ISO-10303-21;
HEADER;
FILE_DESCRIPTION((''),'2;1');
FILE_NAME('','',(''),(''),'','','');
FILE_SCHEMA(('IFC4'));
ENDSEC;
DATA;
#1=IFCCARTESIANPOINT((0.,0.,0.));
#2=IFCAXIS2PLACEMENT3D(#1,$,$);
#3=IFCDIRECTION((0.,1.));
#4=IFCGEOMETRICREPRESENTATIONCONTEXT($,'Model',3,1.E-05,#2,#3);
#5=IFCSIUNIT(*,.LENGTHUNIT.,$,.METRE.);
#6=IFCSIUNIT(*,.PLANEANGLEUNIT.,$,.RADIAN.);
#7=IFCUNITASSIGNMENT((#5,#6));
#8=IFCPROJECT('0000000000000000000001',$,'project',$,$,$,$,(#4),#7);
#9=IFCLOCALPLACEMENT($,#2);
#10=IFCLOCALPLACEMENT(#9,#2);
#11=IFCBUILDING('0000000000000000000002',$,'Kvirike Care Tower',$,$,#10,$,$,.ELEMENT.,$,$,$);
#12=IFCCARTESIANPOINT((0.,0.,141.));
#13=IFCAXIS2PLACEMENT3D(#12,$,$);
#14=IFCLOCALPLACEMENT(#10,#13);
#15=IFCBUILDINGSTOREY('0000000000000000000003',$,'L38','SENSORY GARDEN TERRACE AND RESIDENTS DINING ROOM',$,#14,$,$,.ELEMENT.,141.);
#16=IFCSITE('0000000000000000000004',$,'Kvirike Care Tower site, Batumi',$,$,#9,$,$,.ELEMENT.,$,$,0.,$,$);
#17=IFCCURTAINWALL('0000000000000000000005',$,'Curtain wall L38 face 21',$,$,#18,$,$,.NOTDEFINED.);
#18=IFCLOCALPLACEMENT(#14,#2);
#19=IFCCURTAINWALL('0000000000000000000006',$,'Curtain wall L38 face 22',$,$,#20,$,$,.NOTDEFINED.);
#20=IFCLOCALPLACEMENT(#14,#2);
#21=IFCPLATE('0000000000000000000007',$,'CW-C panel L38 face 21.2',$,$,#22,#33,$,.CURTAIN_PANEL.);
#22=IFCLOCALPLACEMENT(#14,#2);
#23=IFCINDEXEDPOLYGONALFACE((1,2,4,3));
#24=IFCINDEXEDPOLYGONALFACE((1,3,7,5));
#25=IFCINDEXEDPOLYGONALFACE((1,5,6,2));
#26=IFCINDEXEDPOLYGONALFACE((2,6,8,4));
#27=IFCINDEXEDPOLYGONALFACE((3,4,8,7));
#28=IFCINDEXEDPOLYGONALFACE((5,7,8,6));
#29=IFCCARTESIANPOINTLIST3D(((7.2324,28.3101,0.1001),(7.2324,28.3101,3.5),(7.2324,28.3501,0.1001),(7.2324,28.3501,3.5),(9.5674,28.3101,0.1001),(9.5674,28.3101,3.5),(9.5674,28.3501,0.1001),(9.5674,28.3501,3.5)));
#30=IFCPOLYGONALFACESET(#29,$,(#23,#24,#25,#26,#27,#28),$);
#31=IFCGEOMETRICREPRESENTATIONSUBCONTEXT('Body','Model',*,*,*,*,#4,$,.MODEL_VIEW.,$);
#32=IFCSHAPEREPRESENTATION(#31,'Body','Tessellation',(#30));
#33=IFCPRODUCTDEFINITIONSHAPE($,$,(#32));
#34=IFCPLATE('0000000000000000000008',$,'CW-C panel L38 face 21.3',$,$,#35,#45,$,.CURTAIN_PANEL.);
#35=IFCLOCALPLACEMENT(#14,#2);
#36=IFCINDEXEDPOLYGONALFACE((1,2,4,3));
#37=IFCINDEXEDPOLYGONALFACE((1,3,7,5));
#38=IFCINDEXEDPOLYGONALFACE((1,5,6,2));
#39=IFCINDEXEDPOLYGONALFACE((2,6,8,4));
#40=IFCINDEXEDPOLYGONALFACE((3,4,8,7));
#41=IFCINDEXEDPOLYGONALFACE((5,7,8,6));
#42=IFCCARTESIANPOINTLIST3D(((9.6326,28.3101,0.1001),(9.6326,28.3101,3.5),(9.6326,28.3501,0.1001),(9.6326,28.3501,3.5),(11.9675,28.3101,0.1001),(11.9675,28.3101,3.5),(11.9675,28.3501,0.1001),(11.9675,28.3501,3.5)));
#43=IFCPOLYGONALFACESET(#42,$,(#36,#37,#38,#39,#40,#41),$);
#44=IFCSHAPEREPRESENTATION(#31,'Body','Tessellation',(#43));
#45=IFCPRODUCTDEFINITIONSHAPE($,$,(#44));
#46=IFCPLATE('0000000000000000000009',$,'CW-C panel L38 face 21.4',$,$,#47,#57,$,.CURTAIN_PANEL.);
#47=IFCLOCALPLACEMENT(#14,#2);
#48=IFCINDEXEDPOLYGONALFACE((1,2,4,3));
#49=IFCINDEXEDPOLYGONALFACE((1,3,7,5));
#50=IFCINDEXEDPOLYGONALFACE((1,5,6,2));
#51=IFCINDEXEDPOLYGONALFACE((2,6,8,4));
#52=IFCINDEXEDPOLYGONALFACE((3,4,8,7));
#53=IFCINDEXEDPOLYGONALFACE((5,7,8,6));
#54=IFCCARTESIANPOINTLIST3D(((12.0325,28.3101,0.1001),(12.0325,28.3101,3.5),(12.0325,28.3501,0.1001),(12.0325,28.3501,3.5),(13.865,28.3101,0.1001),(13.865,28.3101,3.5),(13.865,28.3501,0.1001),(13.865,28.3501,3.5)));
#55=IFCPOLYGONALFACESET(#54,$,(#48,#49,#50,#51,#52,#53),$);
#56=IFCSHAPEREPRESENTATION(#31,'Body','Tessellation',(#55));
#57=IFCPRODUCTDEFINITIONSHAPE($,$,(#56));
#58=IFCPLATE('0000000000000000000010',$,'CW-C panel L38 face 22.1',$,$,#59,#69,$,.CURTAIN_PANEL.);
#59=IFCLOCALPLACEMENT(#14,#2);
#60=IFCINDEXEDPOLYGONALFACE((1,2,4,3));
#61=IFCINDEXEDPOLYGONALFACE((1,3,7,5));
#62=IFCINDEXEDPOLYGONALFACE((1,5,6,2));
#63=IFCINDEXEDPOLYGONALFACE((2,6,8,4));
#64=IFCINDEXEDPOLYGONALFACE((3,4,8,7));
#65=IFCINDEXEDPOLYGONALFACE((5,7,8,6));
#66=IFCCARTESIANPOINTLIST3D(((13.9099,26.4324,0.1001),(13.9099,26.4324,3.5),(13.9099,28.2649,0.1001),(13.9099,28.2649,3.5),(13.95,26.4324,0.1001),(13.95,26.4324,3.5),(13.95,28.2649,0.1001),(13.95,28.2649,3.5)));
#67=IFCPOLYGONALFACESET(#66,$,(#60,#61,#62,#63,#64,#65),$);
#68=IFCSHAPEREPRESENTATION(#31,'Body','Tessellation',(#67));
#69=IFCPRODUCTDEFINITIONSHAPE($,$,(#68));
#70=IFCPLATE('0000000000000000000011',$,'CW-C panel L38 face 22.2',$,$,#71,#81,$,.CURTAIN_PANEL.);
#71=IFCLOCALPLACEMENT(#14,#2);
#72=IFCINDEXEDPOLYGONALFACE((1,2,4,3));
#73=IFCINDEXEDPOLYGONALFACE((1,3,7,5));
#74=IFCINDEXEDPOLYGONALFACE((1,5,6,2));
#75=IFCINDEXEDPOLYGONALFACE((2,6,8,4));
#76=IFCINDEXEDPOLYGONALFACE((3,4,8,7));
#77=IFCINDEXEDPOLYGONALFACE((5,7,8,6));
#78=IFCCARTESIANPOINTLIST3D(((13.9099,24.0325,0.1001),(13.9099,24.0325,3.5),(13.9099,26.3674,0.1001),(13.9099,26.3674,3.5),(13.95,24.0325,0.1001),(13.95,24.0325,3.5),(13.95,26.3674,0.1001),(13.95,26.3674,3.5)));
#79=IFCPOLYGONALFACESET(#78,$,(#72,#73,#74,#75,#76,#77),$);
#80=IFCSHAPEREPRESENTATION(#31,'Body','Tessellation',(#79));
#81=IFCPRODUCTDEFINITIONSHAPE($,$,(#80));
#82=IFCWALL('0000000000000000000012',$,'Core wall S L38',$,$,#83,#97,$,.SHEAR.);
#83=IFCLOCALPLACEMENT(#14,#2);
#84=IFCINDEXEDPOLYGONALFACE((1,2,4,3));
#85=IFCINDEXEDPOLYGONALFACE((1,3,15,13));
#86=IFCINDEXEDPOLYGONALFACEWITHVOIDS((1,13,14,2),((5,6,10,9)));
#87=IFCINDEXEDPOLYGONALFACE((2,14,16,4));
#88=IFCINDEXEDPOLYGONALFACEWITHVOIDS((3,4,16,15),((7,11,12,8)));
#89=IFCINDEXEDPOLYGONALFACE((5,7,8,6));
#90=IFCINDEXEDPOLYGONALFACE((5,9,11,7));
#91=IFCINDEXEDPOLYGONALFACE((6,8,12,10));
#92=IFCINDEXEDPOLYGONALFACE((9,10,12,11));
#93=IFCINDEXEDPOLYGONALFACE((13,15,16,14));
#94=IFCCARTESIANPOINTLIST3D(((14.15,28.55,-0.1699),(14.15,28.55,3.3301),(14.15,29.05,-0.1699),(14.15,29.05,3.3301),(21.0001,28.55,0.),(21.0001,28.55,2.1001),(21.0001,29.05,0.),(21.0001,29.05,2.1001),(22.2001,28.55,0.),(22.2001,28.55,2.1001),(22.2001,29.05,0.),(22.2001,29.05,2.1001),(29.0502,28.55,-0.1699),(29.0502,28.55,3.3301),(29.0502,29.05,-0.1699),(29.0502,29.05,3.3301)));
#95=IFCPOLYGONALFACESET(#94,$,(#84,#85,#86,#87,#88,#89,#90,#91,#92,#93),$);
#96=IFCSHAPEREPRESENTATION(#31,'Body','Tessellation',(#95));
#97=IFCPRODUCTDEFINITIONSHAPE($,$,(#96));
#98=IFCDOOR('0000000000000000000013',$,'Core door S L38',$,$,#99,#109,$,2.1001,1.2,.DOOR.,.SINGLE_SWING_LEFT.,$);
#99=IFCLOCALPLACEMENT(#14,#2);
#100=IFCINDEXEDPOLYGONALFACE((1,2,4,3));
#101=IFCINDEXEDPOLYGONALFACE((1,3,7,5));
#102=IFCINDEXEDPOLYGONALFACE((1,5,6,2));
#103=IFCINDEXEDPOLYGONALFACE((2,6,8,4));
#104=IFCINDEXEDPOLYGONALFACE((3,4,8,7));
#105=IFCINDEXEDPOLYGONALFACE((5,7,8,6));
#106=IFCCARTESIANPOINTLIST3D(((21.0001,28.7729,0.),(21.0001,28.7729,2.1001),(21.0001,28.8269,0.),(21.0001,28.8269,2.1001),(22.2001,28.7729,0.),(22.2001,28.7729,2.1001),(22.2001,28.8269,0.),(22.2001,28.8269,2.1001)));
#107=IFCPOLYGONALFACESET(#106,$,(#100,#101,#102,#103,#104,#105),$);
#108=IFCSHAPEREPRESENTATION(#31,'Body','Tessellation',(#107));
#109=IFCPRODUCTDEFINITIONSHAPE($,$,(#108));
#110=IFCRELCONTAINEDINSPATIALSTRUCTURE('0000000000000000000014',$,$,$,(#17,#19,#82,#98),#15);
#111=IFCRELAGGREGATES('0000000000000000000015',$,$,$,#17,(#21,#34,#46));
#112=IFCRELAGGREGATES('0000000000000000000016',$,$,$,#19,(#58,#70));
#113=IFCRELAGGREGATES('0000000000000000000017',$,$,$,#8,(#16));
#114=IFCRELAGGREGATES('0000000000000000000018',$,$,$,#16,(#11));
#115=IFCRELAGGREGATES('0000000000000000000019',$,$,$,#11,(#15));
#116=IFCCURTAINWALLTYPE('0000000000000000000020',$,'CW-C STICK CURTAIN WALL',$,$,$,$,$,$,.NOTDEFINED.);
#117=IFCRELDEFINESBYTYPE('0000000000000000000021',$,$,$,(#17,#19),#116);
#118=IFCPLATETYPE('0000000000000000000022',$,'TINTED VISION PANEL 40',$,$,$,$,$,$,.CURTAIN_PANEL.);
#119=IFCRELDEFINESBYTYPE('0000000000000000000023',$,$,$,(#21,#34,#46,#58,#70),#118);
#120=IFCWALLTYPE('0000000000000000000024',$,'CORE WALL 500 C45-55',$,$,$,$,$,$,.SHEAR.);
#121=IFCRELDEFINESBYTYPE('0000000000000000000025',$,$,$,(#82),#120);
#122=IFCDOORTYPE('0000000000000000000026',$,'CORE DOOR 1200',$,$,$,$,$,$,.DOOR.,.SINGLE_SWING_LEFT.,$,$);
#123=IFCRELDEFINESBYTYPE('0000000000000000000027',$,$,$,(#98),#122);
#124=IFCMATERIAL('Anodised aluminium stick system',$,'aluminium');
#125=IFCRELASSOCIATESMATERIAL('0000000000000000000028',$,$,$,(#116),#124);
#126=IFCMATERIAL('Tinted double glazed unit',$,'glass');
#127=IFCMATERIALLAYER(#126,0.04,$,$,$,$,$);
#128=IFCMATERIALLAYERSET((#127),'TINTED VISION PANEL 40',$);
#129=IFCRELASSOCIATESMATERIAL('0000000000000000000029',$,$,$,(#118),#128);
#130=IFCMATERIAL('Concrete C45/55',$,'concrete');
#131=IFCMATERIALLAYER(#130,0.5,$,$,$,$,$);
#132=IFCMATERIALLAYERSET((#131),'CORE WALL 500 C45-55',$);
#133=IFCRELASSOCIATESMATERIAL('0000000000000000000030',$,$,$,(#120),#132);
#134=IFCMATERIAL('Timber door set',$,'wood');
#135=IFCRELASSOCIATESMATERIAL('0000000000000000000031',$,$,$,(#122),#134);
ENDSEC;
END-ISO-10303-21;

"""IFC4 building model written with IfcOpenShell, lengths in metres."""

from ifc_helpers import new_model, si_unit, direction, frame, frame_2d, origin, origin_2d, place, context, subcontext, project, spatial, rectangle, extrude, material, layer, layer_set, type_object, element, fill, aggregate, save


model = new_model("IFC4")

# Units and contexts
model_context = context("Model", 3, precision=1e-05, world=origin(), true_north=direction((0.0, 1.0)))
body_context = subcontext(model_context, "Body", "Model", "MODEL_VIEW")
ifc_project = project(units=[si_unit("LENGTHUNIT", "METRE"), si_unit("PLANEANGLEUNIT", "RADIAN")], contexts=[model_context])

# Site, building, storey
site_placement = place(None, origin())
site = spatial("IfcSite", under=ifc_project, at=site_placement, Name="Kvirike Care Tower site, Batumi", CompositionType="ELEMENT", RefElevation=0.0)
building_placement = place(site_placement, origin())
building = spatial("IfcBuilding", under=site, at=building_placement, Name="Kvirike Care Tower", CompositionType="ELEMENT")
storey_placement = place(building_placement, frame((0.0, 0.0, 141.0)))
storey = spatial("IfcBuildingStorey", under=building, at=storey_placement, Name="L38", Description="SENSORY GARDEN TERRACE AND RESIDENTS DINING ROOM", CompositionType="ELEMENT", Elevation=141.0)

# Curtain walls
ifc_material_1 = material(Name="Anodised aluminium stick system", Category="aluminium")
curtain_wall_type = type_object("IfcCurtainWallType", Name="CW-C STICK CURTAIN WALL", PredefinedType="NOTDEFINED", material=ifc_material_1)
curtain_wall_1_placement = place(storey_placement, origin())
curtain_wall_1 = element("IfcCurtainWall", 1, at=curtain_wall_1_placement, inside=storey, type_object=curtain_wall_type, Name="Curtain wall L38 face 21", PredefinedType="NOTDEFINED")
curtain_wall_2_placement = place(storey_placement, origin())
curtain_wall_2 = element("IfcCurtainWall", 2, at=curtain_wall_2_placement, inside=storey, type_object=curtain_wall_type, Name="Curtain wall L38 face 22", PredefinedType="NOTDEFINED")

# Plates
ifc_material_2 = material(Name="Tinted double glazed unit", Category="glass")
ifc_layer_1 = layer(ifc_material_2, 0.04)
ifc_layer_set_1 = layer_set([ifc_layer_1], Name="TINTED VISION PANEL 40")
plate_type = type_object("IfcPlateType", Name="TINTED VISION PANEL 40", PredefinedType="CURTAIN_PANEL", material=ifc_layer_set_1)
plate_1_placement = place(storey_placement, frame((8.3999, 28.3301, 0.1001), z_axis=(0.0, 0.0, 1.0), x_axis=(1.0, 0.0, 0.0)))
plate_1 = element("IfcPlate", 3, at=plate_1_placement, type_object=plate_type, Name="CW-C panel L38 face 21.2", PredefinedType="CURTAIN_PANEL", context=body_context, shape_type="SweptSolid", body=[
    extrude(rectangle(XDim=2.335, YDim=0.04, at=origin_2d()), origin(), (0.0, 0.0, 1.0), 3.3999),
])
plate_2_placement = place(storey_placement, frame((10.8, 28.3301, 0.1001), z_axis=(0.0, 0.0, 1.0), x_axis=(1.0, 0.0, 0.0)))
plate_2 = element("IfcPlate", 4, at=plate_2_placement, type_object=plate_type, Name="CW-C panel L38 face 21.3", PredefinedType="CURTAIN_PANEL", context=body_context, shape_type="SweptSolid", body=[
    extrude(rectangle(XDim=2.335, YDim=0.04, at=origin_2d()), origin(), (0.0, 0.0, 1.0), 3.3999),
])
plate_3_placement = place(storey_placement, frame((12.9487, 28.3301, 0.1001), z_axis=(0.0, 0.0, 1.0), x_axis=(1.0, 0.0, 0.0)))
plate_3 = element("IfcPlate", 5, at=plate_3_placement, type_object=plate_type, Name="CW-C panel L38 face 21.4", PredefinedType="CURTAIN_PANEL", context=body_context, shape_type="SweptSolid", body=[
    extrude(rectangle(XDim=1.8325, YDim=0.04, at=origin_2d()), origin(), (0.0, 0.0, 1.0), 3.3999),
])
aggregate(curtain_wall_1, [plate_1, plate_2, plate_3])
plate_4_placement = place(storey_placement, frame((13.9299, 27.3486, 0.1001), z_axis=(0.0, 0.0, 1.0), x_axis=(0.0, -1.0, 0.0)))
plate_4 = element("IfcPlate", 6, at=plate_4_placement, type_object=plate_type, Name="CW-C panel L38 face 22.1", PredefinedType="CURTAIN_PANEL", context=body_context, shape_type="SweptSolid", body=[
    extrude(rectangle(XDim=1.8325, YDim=0.04, at=origin_2d()), origin(), (0.0, 0.0, 1.0), 3.3999),
])
plate_5_placement = place(storey_placement, frame((13.9299, 25.2, 0.1001), z_axis=(0.0, 0.0, 1.0), x_axis=(0.0, -1.0, 0.0)))
plate_5 = element("IfcPlate", 7, at=plate_5_placement, type_object=plate_type, Name="CW-C panel L38 face 22.2", PredefinedType="CURTAIN_PANEL", context=body_context, shape_type="SweptSolid", body=[
    extrude(rectangle(XDim=2.335, YDim=0.04, at=origin_2d()), origin(), (0.0, 0.0, 1.0), 3.3999),
])
aggregate(curtain_wall_2, [plate_4, plate_5])

# Wall, opening, door
ifc_material_3 = material(Name="Concrete C45/55", Category="concrete")
ifc_layer_2 = layer(ifc_material_3, 0.5)
ifc_layer_set_2 = layer_set([ifc_layer_2], Name="CORE WALL 500 C45-55")
wall_type_1 = type_object("IfcWallType", Name="CORE WALL 500 C45-55", PredefinedType="SHEAR", material=ifc_layer_set_2)
wall_1_placement = place(storey_placement, frame((14.1499, 28.8, -0.1699), z_axis=(0.0, 0.0, 1.0), x_axis=(1.0, 0.0, 0.0)))
wall_1 = element("IfcWall", 8, at=wall_1_placement, inside=storey, type_object=wall_type_1, Name="Core wall S L38", PredefinedType="SHEAR", context=body_context, shape_type="SweptSolid", body=[
    extrude(rectangle(XDim=14.9001, YDim=0.5, at=frame_2d((7.4502, 0.0))), origin(), (0.0, 0.0, 1.0), 3.5),
])
opening_1_placement = place(wall_1_placement, frame((6.8501, 0.0, 0.1699)))
opening_1 = element("IfcOpeningElement", 9, at=opening_1_placement, cuts=wall_1, PredefinedType="OPENING", context=body_context, shape_type="SweptSolid", body=[
    extrude(rectangle(XDim=1.2, YDim=2.1001, at=frame_2d((0.6001, 1.05))), frame((0.0, 0.2605, 0.0), z_axis=(0.0, -1.0, 0.0), x_axis=(1.0, 0.0, 0.0)), (0.0, 0.0, 1.0), 0.521),
])
ifc_material_4 = material(Name="Timber door set", Category="wood")
door_type_1 = type_object("IfcDoorType", Name="CORE DOOR 1200", OperationType="SINGLE_SWING_LEFT", PredefinedType="DOOR", material=ifc_material_4)
door_1_placement = place(opening_1_placement, origin())
door_1 = element("IfcDoor", 10, at=door_1_placement, inside=storey, type_object=door_type_1, Name="Core door S L38", OperationType="SINGLE_SWING_LEFT", OverallHeight=2.1001, OverallWidth=1.2, PredefinedType="DOOR", context=body_context, shape_type="SweptSolid", body=[
    extrude(rectangle(XDim=1.2, YDim=2.1001, at=frame_2d((0.6001, 1.05))), frame((0.0, 0.0269, 0.0), z_axis=(0.0, -1.0, 0.0), x_axis=(1.0, 0.0, 0.0)), (0.0, 0.0, 1.0), 0.054),
])
fill(opening_1, door_1)

save(model, "model.ifc")
